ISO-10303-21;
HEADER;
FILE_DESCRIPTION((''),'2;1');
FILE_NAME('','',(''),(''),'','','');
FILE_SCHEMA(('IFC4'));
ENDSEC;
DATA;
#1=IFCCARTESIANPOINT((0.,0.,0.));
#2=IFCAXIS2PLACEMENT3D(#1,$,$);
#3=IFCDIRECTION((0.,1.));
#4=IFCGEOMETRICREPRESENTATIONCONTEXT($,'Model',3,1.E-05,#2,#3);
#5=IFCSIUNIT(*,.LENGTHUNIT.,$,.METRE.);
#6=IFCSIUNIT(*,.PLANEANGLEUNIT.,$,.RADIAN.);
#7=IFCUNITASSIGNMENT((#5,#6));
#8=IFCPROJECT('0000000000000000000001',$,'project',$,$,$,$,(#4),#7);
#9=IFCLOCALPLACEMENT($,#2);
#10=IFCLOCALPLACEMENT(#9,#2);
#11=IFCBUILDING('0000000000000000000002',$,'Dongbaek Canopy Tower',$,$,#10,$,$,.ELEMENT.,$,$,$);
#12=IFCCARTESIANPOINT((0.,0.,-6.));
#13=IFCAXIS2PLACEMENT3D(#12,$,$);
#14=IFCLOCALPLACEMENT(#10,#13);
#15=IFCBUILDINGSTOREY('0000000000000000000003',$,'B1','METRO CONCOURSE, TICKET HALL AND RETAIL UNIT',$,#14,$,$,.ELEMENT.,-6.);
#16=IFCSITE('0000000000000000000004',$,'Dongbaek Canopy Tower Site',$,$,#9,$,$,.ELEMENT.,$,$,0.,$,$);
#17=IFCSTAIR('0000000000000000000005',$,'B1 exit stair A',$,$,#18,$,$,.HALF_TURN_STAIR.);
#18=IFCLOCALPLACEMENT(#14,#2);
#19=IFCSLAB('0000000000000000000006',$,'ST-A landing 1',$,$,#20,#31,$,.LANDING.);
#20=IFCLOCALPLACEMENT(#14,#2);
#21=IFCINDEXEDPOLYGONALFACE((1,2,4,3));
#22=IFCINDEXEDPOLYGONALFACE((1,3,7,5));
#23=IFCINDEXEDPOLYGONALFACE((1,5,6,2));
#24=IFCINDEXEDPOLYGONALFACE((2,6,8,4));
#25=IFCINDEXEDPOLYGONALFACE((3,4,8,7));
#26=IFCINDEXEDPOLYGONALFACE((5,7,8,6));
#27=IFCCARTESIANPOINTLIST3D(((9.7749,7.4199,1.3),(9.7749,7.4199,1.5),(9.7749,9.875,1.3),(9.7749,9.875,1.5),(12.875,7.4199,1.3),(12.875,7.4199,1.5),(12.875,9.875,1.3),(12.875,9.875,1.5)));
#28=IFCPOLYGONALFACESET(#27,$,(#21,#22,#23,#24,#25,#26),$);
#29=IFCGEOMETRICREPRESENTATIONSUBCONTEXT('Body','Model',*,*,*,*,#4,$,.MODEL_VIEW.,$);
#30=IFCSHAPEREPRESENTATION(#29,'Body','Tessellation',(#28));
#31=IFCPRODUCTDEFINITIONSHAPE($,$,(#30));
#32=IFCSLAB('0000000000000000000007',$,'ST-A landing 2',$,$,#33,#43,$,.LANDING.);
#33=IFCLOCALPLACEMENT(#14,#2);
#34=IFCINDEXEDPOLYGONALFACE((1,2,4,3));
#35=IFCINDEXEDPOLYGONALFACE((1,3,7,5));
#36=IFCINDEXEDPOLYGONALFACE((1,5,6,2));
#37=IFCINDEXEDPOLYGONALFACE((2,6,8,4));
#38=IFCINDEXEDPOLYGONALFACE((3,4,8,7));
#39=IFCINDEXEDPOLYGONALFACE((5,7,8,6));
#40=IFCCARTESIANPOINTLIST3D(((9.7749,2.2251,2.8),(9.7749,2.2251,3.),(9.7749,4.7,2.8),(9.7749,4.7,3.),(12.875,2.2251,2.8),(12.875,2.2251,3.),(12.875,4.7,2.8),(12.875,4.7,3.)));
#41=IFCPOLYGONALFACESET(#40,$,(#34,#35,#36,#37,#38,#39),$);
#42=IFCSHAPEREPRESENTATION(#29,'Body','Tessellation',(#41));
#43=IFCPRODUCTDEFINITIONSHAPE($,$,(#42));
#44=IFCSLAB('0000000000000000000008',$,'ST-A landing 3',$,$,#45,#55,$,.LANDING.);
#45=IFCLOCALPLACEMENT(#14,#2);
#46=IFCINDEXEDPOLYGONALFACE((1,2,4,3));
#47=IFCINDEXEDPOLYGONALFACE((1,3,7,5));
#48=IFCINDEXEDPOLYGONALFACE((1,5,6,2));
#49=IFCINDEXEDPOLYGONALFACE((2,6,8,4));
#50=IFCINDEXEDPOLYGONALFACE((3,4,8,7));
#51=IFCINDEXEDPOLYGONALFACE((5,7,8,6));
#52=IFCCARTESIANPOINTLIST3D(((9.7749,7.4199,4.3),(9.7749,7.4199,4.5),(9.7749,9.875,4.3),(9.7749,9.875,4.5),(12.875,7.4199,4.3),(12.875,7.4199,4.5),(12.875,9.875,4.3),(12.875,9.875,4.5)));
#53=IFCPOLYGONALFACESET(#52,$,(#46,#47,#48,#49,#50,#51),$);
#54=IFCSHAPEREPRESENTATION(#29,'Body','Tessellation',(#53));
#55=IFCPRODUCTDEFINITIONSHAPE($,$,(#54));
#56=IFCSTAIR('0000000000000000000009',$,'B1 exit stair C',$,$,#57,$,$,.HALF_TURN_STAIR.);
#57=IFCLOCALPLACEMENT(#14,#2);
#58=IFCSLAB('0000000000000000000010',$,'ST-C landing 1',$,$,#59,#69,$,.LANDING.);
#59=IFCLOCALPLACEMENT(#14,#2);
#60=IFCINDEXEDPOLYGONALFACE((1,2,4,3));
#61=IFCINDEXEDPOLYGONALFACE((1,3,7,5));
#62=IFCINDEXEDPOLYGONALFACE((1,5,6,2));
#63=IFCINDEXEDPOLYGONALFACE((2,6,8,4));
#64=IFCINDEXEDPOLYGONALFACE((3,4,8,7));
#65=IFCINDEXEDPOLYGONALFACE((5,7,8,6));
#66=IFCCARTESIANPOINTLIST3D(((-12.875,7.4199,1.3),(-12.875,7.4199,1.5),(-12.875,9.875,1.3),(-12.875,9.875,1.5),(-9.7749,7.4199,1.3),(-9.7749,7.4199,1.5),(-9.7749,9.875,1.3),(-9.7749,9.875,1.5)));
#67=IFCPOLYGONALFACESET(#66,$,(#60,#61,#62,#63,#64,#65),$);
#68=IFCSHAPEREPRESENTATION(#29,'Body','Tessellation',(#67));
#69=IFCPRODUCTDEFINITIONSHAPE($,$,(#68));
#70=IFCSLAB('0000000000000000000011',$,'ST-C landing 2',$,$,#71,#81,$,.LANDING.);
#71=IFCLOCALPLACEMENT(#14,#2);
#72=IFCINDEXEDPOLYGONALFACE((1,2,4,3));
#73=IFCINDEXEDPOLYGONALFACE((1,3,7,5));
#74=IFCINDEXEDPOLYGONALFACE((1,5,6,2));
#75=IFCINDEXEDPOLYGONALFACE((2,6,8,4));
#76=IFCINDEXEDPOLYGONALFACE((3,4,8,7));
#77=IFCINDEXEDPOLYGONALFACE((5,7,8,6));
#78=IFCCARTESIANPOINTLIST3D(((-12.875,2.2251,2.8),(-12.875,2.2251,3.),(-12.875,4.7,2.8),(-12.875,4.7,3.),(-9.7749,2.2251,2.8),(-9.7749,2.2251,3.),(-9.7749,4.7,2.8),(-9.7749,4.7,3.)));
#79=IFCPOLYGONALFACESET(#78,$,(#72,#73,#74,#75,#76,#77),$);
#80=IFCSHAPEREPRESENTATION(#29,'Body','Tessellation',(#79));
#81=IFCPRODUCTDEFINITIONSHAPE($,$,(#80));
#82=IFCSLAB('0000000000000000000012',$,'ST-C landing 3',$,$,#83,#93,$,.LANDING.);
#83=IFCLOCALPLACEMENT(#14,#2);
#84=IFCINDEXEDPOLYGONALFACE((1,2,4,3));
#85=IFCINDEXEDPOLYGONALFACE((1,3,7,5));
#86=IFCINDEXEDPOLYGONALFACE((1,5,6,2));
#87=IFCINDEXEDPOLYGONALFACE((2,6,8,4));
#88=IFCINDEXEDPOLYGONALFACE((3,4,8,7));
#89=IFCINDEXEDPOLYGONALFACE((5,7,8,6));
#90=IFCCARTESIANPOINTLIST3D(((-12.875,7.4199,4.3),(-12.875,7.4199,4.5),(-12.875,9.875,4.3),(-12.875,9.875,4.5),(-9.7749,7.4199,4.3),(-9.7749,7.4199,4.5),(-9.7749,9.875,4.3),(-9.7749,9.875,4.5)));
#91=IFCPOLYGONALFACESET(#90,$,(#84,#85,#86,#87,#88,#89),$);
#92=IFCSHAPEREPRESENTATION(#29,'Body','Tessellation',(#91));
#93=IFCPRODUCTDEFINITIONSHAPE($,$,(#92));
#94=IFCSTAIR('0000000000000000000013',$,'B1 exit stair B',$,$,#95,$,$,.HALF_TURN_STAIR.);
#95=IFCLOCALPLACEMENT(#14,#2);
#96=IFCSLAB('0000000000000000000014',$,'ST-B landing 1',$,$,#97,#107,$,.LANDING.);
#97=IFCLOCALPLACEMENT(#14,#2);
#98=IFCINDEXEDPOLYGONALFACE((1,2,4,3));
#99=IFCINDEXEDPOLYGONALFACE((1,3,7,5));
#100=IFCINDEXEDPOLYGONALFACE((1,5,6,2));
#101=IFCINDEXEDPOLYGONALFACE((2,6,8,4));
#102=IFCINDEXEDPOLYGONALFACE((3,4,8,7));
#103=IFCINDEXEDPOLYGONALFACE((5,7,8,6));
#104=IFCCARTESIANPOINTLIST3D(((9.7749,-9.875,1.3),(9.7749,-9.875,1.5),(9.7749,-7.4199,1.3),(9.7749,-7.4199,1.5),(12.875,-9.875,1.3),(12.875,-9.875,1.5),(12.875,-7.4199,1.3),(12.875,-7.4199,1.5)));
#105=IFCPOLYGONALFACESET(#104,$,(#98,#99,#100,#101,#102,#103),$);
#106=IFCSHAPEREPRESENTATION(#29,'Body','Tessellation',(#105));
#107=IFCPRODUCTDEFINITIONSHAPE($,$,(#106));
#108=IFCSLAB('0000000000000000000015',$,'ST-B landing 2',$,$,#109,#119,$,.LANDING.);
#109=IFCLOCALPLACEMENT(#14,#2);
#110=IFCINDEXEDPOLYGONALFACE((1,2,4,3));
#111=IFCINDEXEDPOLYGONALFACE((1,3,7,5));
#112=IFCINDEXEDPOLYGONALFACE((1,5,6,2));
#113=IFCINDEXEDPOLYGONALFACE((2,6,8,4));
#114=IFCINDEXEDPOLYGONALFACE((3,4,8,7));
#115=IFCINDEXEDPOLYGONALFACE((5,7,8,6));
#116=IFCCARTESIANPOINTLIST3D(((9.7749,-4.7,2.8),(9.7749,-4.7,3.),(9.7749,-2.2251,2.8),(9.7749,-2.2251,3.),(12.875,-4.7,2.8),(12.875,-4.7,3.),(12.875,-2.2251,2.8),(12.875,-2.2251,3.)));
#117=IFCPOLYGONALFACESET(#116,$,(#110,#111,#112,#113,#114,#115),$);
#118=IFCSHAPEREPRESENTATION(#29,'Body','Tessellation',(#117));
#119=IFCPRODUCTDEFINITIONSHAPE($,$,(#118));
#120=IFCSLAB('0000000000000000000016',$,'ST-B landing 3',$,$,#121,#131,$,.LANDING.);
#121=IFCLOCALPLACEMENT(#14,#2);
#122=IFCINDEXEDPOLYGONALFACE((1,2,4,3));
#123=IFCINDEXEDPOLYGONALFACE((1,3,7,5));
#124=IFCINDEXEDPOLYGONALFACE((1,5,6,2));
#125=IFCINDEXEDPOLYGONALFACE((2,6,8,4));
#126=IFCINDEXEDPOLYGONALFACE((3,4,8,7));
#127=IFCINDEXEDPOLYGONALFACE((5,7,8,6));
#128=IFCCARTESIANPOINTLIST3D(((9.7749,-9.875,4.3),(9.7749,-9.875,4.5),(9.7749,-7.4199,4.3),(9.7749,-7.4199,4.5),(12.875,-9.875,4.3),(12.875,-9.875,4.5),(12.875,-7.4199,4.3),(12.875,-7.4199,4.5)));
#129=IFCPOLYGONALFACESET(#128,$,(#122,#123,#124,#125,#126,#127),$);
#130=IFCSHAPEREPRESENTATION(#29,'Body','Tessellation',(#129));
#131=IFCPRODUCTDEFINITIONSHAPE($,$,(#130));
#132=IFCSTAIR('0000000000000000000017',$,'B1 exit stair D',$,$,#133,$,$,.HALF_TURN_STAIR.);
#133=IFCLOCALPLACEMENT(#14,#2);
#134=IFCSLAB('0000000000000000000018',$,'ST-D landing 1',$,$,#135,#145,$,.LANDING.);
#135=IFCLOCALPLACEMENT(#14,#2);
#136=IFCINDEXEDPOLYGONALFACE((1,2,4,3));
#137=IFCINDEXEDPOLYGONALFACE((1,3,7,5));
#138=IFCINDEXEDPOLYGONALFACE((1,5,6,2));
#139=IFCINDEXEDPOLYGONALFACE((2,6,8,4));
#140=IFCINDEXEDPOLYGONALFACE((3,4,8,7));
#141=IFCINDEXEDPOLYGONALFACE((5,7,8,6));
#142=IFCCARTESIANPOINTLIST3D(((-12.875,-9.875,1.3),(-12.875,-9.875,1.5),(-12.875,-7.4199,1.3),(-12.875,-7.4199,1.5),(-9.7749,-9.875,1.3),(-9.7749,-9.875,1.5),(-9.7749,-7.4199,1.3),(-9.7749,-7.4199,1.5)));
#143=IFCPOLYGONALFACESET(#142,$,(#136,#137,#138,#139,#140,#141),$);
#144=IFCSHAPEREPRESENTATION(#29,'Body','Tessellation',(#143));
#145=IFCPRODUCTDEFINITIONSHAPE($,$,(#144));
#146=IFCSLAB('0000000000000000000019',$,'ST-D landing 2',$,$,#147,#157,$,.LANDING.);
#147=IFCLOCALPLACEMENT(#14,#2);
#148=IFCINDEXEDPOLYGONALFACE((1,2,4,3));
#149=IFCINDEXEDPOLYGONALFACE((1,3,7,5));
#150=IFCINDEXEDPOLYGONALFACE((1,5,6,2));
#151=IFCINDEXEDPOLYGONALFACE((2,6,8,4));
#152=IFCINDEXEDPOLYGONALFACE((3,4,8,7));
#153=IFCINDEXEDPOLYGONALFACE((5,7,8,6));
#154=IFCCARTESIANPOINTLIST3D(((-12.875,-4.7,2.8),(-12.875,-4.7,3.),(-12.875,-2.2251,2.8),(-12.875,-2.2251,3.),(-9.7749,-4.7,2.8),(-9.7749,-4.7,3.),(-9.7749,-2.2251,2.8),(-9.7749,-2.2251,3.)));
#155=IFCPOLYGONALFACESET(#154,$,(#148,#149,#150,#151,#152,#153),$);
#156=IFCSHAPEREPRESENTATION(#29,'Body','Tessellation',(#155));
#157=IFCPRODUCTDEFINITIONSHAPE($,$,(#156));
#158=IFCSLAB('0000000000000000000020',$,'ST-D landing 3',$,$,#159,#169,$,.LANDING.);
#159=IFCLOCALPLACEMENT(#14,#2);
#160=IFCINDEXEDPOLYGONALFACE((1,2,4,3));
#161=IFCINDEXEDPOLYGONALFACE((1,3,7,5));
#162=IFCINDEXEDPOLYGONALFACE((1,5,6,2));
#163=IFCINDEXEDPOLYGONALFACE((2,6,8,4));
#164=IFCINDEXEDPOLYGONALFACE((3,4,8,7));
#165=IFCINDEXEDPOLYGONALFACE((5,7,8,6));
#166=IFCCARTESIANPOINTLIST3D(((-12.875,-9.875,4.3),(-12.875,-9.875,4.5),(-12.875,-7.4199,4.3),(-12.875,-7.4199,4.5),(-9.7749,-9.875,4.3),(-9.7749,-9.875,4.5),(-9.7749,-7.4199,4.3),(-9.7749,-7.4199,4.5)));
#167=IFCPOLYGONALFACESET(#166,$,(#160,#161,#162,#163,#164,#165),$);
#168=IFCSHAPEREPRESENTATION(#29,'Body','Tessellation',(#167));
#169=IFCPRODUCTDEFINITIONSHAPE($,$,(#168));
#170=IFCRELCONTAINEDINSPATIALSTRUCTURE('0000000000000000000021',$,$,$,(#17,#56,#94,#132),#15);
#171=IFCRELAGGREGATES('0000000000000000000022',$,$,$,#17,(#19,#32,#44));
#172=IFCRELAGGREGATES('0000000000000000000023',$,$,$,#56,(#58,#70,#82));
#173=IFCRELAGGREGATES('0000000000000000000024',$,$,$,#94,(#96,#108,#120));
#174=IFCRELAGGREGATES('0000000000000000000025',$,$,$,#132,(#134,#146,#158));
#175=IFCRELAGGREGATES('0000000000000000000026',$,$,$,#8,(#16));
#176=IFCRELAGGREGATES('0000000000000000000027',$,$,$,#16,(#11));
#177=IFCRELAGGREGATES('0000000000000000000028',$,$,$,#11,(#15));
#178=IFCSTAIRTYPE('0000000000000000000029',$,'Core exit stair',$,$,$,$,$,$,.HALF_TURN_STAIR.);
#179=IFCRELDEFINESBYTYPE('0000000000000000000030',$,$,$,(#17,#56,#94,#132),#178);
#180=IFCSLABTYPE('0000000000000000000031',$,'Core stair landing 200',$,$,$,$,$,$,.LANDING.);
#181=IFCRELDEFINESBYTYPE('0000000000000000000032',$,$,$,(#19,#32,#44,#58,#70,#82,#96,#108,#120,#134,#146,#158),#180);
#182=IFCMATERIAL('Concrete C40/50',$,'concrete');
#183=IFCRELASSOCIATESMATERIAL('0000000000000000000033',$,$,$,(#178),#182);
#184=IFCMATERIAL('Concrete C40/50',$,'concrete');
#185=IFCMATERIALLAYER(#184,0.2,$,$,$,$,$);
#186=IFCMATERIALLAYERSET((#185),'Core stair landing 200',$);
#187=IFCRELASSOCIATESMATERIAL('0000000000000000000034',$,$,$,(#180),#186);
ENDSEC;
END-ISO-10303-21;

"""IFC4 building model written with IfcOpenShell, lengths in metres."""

from ifc_helpers import new_model, si_unit, direction, frame, origin, place, context, subcontext, project, spatial, polyline, outline, extrude, material, layer, layer_set, type_object, element, aggregate, save


model = new_model("IFC4")

# Units and contexts
model_context = context("Model", 3, precision=1e-05, world=origin(), true_north=direction((0.0, 1.0)))
body_context = subcontext(model_context, "Body", "Model", "MODEL_VIEW")
ifc_project = project(units=[si_unit("LENGTHUNIT", "METRE"), si_unit("PLANEANGLEUNIT", "RADIAN")], contexts=[model_context])

# Site, building, storey
site_placement = place(None, origin())
site = spatial("IfcSite", under=ifc_project, at=site_placement, Name="Dongbaek Canopy Tower Site", CompositionType="ELEMENT", RefElevation=0.0)
building_placement = place(site_placement, origin())
building = spatial("IfcBuilding", under=site, at=building_placement, Name="Dongbaek Canopy Tower", CompositionType="ELEMENT")
storey_placement = place(building_placement, frame((0.0, 0.0, -6.0)))
storey = spatial("IfcBuildingStorey", under=building, at=storey_placement, Name="B1", Description="METRO CONCOURSE, TICKET HALL AND RETAIL UNIT", CompositionType="ELEMENT", Elevation=-6.0)

# Stairs, slabs
ifc_material_1 = material(Name="Concrete C40/50", Category="concrete")
stair_type = type_object("IfcStairType", Name="Core exit stair", PredefinedType="HALF_TURN_STAIR", material=ifc_material_1)
stair_1_placement = place(storey_placement, origin())
stair_1 = element("IfcStair", 1, at=stair_1_placement, inside=storey, type_object=stair_type, Name="B1 exit stair A", PredefinedType="HALF_TURN_STAIR")
ifc_material_2 = material(Name="Concrete C40/50", Category="concrete")
ifc_layer_1 = layer(ifc_material_2, 0.2)
ifc_layer_set_1 = layer_set([ifc_layer_1], Name="Core stair landing 200")
slab_type = type_object("IfcSlabType", Name="Core stair landing 200", PredefinedType="LANDING", material=ifc_layer_set_1)
slab_1_placement = place(storey_placement, frame((0.0, 0.0, 1.3)))
slab_1 = element("IfcSlab", 2, at=slab_1_placement, type_object=slab_type, Name="ST-A landing 1", PredefinedType="LANDING", context=body_context, shape_type="SweptSolid", body=[
    extrude(outline(polyline([(12.875, 7.4199), (12.875, 9.875), (9.7749, 9.875), (9.7749, 7.4199), (12.875, 7.4199)])), origin(), (0.0, 0.0, 1.0), 0.2),
])
slab_2_placement = place(storey_placement, frame((0.0, 0.0, 2.8)))
slab_2 = element("IfcSlab", 3, at=slab_2_placement, type_object=slab_type, Name="ST-A landing 2", PredefinedType="LANDING", context=body_context, shape_type="SweptSolid", body=[
    extrude(outline(polyline([(12.875, 2.2251), (12.875, 4.7), (9.7749, 4.7), (9.7749, 2.2251), (12.875, 2.2251)])), origin(), (0.0, 0.0, 1.0), 0.2),
])
slab_3_placement = place(storey_placement, frame((0.0, 0.0, 4.3)))
slab_3 = element("IfcSlab", 4, at=slab_3_placement, type_object=slab_type, Name="ST-A landing 3", PredefinedType="LANDING", context=body_context, shape_type="SweptSolid", body=[
    extrude(outline(polyline([(12.875, 7.4199), (12.875, 9.875), (9.7749, 9.875), (9.7749, 7.4199), (12.875, 7.4199)])), origin(), (0.0, 0.0, 1.0), 0.2),
])
aggregate(stair_1, [slab_1, slab_2, slab_3])
stair_2_placement = place(storey_placement, origin())
stair_2 = element("IfcStair", 5, at=stair_2_placement, inside=storey, type_object=stair_type, Name="B1 exit stair C", PredefinedType="HALF_TURN_STAIR")
slab_4_placement = place(storey_placement, frame((0.0, 0.0, 1.3)))
slab_4 = element("IfcSlab", 6, at=slab_4_placement, type_object=slab_type, Name="ST-C landing 1", PredefinedType="LANDING", context=body_context, shape_type="SweptSolid", body=[
    extrude(outline(polyline([(-9.7749, 7.4199), (-9.7749, 9.875), (-12.875, 9.875), (-12.875, 7.4199), (-9.7749, 7.4199)])), origin(), (0.0, 0.0, 1.0), 0.2),
])
slab_5_placement = place(storey_placement, frame((0.0, 0.0, 2.8)))
slab_5 = element("IfcSlab", 7, at=slab_5_placement, type_object=slab_type, Name="ST-C landing 2", PredefinedType="LANDING", context=body_context, shape_type="SweptSolid", body=[
    extrude(outline(polyline([(-9.7749, 2.2251), (-9.7749, 4.7), (-12.875, 4.7), (-12.875, 2.2251), (-9.7749, 2.2251)])), origin(), (0.0, 0.0, 1.0), 0.2),
])
slab_6_placement = place(storey_placement, frame((0.0, 0.0, 4.3)))
slab_6 = element("IfcSlab", 8, at=slab_6_placement, type_object=slab_type, Name="ST-C landing 3", PredefinedType="LANDING", context=body_context, shape_type="SweptSolid", body=[
    extrude(outline(polyline([(-9.7749, 7.4199), (-9.7749, 9.875), (-12.875, 9.875), (-12.875, 7.4199), (-9.7749, 7.4199)])), origin(), (0.0, 0.0, 1.0), 0.2),
])
aggregate(stair_2, [slab_4, slab_5, slab_6])
stair_3_placement = place(storey_placement, origin())
stair_3 = element("IfcStair", 9, at=stair_3_placement, inside=storey, type_object=stair_type, Name="B1 exit stair B", PredefinedType="HALF_TURN_STAIR")
slab_7_placement = place(storey_placement, frame((0.0, 0.0, 1.3)))
slab_7 = element("IfcSlab", 10, at=slab_7_placement, type_object=slab_type, Name="ST-B landing 1", PredefinedType="LANDING", context=body_context, shape_type="SweptSolid", body=[
    extrude(outline(polyline([(9.7749, -7.4199), (9.7749, -9.875), (12.875, -9.875), (12.875, -7.4199), (9.7749, -7.4199)])), origin(), (0.0, 0.0, 1.0), 0.2),
])
slab_8_placement = place(storey_placement, frame((0.0, 0.0, 2.8)))
slab_8 = element("IfcSlab", 11, at=slab_8_placement, type_object=slab_type, Name="ST-B landing 2", PredefinedType="LANDING", context=body_context, shape_type="SweptSolid", body=[
    extrude(outline(polyline([(9.7749, -2.2251), (9.7749, -4.7), (12.875, -4.7), (12.875, -2.2251), (9.7749, -2.2251)])), origin(), (0.0, 0.0, 1.0), 0.2),
])
slab_9_placement = place(storey_placement, frame((0.0, 0.0, 4.3)))
slab_9 = element("IfcSlab", 12, at=slab_9_placement, type_object=slab_type, Name="ST-B landing 3", PredefinedType="LANDING", context=body_context, shape_type="SweptSolid", body=[
    extrude(outline(polyline([(9.7749, -7.4199), (9.7749, -9.875), (12.875, -9.875), (12.875, -7.4199), (9.7749, -7.4199)])), origin(), (0.0, 0.0, 1.0), 0.2),
])
aggregate(stair_3, [slab_7, slab_8, slab_9])
stair_4_placement = place(storey_placement, origin())
stair_4 = element("IfcStair", 13, at=stair_4_placement, inside=storey, type_object=stair_type, Name="B1 exit stair D", PredefinedType="HALF_TURN_STAIR")
slab_10_placement = place(storey_placement, frame((0.0, 0.0, 1.3)))
slab_10 = element("IfcSlab", 14, at=slab_10_placement, type_object=slab_type, Name="ST-D landing 1", PredefinedType="LANDING", context=body_context, shape_type="SweptSolid", body=[
    extrude(outline(polyline([(-12.875, -7.4199), (-12.875, -9.875), (-9.7749, -9.875), (-9.7749, -7.4199), (-12.875, -7.4199)])), origin(), (0.0, 0.0, 1.0), 0.2),
])
slab_11_placement = place(storey_placement, frame((0.0, 0.0, 2.8)))
slab_11 = element("IfcSlab", 15, at=slab_11_placement, type_object=slab_type, Name="ST-D landing 2", PredefinedType="LANDING", context=body_context, shape_type="SweptSolid", body=[
    extrude(outline(polyline([(-12.875, -2.2251), (-12.875, -4.7), (-9.7749, -4.7), (-9.7749, -2.2251), (-12.875, -2.2251)])), origin(), (0.0, 0.0, 1.0), 0.2),
])
slab_12_placement = place(storey_placement, frame((0.0, 0.0, 4.3)))
slab_12 = element("IfcSlab", 16, at=slab_12_placement, type_object=slab_type, Name="ST-D landing 3", PredefinedType="LANDING", context=body_context, shape_type="SweptSolid", body=[
    extrude(outline(polyline([(-12.875, -7.4199), (-12.875, -9.875), (-9.7749, -9.875), (-9.7749, -7.4199), (-12.875, -7.4199)])), origin(), (0.0, 0.0, 1.0), 0.2),
])
aggregate(stair_4, [slab_10, slab_11, slab_12])

save(model, "model.ifc")
